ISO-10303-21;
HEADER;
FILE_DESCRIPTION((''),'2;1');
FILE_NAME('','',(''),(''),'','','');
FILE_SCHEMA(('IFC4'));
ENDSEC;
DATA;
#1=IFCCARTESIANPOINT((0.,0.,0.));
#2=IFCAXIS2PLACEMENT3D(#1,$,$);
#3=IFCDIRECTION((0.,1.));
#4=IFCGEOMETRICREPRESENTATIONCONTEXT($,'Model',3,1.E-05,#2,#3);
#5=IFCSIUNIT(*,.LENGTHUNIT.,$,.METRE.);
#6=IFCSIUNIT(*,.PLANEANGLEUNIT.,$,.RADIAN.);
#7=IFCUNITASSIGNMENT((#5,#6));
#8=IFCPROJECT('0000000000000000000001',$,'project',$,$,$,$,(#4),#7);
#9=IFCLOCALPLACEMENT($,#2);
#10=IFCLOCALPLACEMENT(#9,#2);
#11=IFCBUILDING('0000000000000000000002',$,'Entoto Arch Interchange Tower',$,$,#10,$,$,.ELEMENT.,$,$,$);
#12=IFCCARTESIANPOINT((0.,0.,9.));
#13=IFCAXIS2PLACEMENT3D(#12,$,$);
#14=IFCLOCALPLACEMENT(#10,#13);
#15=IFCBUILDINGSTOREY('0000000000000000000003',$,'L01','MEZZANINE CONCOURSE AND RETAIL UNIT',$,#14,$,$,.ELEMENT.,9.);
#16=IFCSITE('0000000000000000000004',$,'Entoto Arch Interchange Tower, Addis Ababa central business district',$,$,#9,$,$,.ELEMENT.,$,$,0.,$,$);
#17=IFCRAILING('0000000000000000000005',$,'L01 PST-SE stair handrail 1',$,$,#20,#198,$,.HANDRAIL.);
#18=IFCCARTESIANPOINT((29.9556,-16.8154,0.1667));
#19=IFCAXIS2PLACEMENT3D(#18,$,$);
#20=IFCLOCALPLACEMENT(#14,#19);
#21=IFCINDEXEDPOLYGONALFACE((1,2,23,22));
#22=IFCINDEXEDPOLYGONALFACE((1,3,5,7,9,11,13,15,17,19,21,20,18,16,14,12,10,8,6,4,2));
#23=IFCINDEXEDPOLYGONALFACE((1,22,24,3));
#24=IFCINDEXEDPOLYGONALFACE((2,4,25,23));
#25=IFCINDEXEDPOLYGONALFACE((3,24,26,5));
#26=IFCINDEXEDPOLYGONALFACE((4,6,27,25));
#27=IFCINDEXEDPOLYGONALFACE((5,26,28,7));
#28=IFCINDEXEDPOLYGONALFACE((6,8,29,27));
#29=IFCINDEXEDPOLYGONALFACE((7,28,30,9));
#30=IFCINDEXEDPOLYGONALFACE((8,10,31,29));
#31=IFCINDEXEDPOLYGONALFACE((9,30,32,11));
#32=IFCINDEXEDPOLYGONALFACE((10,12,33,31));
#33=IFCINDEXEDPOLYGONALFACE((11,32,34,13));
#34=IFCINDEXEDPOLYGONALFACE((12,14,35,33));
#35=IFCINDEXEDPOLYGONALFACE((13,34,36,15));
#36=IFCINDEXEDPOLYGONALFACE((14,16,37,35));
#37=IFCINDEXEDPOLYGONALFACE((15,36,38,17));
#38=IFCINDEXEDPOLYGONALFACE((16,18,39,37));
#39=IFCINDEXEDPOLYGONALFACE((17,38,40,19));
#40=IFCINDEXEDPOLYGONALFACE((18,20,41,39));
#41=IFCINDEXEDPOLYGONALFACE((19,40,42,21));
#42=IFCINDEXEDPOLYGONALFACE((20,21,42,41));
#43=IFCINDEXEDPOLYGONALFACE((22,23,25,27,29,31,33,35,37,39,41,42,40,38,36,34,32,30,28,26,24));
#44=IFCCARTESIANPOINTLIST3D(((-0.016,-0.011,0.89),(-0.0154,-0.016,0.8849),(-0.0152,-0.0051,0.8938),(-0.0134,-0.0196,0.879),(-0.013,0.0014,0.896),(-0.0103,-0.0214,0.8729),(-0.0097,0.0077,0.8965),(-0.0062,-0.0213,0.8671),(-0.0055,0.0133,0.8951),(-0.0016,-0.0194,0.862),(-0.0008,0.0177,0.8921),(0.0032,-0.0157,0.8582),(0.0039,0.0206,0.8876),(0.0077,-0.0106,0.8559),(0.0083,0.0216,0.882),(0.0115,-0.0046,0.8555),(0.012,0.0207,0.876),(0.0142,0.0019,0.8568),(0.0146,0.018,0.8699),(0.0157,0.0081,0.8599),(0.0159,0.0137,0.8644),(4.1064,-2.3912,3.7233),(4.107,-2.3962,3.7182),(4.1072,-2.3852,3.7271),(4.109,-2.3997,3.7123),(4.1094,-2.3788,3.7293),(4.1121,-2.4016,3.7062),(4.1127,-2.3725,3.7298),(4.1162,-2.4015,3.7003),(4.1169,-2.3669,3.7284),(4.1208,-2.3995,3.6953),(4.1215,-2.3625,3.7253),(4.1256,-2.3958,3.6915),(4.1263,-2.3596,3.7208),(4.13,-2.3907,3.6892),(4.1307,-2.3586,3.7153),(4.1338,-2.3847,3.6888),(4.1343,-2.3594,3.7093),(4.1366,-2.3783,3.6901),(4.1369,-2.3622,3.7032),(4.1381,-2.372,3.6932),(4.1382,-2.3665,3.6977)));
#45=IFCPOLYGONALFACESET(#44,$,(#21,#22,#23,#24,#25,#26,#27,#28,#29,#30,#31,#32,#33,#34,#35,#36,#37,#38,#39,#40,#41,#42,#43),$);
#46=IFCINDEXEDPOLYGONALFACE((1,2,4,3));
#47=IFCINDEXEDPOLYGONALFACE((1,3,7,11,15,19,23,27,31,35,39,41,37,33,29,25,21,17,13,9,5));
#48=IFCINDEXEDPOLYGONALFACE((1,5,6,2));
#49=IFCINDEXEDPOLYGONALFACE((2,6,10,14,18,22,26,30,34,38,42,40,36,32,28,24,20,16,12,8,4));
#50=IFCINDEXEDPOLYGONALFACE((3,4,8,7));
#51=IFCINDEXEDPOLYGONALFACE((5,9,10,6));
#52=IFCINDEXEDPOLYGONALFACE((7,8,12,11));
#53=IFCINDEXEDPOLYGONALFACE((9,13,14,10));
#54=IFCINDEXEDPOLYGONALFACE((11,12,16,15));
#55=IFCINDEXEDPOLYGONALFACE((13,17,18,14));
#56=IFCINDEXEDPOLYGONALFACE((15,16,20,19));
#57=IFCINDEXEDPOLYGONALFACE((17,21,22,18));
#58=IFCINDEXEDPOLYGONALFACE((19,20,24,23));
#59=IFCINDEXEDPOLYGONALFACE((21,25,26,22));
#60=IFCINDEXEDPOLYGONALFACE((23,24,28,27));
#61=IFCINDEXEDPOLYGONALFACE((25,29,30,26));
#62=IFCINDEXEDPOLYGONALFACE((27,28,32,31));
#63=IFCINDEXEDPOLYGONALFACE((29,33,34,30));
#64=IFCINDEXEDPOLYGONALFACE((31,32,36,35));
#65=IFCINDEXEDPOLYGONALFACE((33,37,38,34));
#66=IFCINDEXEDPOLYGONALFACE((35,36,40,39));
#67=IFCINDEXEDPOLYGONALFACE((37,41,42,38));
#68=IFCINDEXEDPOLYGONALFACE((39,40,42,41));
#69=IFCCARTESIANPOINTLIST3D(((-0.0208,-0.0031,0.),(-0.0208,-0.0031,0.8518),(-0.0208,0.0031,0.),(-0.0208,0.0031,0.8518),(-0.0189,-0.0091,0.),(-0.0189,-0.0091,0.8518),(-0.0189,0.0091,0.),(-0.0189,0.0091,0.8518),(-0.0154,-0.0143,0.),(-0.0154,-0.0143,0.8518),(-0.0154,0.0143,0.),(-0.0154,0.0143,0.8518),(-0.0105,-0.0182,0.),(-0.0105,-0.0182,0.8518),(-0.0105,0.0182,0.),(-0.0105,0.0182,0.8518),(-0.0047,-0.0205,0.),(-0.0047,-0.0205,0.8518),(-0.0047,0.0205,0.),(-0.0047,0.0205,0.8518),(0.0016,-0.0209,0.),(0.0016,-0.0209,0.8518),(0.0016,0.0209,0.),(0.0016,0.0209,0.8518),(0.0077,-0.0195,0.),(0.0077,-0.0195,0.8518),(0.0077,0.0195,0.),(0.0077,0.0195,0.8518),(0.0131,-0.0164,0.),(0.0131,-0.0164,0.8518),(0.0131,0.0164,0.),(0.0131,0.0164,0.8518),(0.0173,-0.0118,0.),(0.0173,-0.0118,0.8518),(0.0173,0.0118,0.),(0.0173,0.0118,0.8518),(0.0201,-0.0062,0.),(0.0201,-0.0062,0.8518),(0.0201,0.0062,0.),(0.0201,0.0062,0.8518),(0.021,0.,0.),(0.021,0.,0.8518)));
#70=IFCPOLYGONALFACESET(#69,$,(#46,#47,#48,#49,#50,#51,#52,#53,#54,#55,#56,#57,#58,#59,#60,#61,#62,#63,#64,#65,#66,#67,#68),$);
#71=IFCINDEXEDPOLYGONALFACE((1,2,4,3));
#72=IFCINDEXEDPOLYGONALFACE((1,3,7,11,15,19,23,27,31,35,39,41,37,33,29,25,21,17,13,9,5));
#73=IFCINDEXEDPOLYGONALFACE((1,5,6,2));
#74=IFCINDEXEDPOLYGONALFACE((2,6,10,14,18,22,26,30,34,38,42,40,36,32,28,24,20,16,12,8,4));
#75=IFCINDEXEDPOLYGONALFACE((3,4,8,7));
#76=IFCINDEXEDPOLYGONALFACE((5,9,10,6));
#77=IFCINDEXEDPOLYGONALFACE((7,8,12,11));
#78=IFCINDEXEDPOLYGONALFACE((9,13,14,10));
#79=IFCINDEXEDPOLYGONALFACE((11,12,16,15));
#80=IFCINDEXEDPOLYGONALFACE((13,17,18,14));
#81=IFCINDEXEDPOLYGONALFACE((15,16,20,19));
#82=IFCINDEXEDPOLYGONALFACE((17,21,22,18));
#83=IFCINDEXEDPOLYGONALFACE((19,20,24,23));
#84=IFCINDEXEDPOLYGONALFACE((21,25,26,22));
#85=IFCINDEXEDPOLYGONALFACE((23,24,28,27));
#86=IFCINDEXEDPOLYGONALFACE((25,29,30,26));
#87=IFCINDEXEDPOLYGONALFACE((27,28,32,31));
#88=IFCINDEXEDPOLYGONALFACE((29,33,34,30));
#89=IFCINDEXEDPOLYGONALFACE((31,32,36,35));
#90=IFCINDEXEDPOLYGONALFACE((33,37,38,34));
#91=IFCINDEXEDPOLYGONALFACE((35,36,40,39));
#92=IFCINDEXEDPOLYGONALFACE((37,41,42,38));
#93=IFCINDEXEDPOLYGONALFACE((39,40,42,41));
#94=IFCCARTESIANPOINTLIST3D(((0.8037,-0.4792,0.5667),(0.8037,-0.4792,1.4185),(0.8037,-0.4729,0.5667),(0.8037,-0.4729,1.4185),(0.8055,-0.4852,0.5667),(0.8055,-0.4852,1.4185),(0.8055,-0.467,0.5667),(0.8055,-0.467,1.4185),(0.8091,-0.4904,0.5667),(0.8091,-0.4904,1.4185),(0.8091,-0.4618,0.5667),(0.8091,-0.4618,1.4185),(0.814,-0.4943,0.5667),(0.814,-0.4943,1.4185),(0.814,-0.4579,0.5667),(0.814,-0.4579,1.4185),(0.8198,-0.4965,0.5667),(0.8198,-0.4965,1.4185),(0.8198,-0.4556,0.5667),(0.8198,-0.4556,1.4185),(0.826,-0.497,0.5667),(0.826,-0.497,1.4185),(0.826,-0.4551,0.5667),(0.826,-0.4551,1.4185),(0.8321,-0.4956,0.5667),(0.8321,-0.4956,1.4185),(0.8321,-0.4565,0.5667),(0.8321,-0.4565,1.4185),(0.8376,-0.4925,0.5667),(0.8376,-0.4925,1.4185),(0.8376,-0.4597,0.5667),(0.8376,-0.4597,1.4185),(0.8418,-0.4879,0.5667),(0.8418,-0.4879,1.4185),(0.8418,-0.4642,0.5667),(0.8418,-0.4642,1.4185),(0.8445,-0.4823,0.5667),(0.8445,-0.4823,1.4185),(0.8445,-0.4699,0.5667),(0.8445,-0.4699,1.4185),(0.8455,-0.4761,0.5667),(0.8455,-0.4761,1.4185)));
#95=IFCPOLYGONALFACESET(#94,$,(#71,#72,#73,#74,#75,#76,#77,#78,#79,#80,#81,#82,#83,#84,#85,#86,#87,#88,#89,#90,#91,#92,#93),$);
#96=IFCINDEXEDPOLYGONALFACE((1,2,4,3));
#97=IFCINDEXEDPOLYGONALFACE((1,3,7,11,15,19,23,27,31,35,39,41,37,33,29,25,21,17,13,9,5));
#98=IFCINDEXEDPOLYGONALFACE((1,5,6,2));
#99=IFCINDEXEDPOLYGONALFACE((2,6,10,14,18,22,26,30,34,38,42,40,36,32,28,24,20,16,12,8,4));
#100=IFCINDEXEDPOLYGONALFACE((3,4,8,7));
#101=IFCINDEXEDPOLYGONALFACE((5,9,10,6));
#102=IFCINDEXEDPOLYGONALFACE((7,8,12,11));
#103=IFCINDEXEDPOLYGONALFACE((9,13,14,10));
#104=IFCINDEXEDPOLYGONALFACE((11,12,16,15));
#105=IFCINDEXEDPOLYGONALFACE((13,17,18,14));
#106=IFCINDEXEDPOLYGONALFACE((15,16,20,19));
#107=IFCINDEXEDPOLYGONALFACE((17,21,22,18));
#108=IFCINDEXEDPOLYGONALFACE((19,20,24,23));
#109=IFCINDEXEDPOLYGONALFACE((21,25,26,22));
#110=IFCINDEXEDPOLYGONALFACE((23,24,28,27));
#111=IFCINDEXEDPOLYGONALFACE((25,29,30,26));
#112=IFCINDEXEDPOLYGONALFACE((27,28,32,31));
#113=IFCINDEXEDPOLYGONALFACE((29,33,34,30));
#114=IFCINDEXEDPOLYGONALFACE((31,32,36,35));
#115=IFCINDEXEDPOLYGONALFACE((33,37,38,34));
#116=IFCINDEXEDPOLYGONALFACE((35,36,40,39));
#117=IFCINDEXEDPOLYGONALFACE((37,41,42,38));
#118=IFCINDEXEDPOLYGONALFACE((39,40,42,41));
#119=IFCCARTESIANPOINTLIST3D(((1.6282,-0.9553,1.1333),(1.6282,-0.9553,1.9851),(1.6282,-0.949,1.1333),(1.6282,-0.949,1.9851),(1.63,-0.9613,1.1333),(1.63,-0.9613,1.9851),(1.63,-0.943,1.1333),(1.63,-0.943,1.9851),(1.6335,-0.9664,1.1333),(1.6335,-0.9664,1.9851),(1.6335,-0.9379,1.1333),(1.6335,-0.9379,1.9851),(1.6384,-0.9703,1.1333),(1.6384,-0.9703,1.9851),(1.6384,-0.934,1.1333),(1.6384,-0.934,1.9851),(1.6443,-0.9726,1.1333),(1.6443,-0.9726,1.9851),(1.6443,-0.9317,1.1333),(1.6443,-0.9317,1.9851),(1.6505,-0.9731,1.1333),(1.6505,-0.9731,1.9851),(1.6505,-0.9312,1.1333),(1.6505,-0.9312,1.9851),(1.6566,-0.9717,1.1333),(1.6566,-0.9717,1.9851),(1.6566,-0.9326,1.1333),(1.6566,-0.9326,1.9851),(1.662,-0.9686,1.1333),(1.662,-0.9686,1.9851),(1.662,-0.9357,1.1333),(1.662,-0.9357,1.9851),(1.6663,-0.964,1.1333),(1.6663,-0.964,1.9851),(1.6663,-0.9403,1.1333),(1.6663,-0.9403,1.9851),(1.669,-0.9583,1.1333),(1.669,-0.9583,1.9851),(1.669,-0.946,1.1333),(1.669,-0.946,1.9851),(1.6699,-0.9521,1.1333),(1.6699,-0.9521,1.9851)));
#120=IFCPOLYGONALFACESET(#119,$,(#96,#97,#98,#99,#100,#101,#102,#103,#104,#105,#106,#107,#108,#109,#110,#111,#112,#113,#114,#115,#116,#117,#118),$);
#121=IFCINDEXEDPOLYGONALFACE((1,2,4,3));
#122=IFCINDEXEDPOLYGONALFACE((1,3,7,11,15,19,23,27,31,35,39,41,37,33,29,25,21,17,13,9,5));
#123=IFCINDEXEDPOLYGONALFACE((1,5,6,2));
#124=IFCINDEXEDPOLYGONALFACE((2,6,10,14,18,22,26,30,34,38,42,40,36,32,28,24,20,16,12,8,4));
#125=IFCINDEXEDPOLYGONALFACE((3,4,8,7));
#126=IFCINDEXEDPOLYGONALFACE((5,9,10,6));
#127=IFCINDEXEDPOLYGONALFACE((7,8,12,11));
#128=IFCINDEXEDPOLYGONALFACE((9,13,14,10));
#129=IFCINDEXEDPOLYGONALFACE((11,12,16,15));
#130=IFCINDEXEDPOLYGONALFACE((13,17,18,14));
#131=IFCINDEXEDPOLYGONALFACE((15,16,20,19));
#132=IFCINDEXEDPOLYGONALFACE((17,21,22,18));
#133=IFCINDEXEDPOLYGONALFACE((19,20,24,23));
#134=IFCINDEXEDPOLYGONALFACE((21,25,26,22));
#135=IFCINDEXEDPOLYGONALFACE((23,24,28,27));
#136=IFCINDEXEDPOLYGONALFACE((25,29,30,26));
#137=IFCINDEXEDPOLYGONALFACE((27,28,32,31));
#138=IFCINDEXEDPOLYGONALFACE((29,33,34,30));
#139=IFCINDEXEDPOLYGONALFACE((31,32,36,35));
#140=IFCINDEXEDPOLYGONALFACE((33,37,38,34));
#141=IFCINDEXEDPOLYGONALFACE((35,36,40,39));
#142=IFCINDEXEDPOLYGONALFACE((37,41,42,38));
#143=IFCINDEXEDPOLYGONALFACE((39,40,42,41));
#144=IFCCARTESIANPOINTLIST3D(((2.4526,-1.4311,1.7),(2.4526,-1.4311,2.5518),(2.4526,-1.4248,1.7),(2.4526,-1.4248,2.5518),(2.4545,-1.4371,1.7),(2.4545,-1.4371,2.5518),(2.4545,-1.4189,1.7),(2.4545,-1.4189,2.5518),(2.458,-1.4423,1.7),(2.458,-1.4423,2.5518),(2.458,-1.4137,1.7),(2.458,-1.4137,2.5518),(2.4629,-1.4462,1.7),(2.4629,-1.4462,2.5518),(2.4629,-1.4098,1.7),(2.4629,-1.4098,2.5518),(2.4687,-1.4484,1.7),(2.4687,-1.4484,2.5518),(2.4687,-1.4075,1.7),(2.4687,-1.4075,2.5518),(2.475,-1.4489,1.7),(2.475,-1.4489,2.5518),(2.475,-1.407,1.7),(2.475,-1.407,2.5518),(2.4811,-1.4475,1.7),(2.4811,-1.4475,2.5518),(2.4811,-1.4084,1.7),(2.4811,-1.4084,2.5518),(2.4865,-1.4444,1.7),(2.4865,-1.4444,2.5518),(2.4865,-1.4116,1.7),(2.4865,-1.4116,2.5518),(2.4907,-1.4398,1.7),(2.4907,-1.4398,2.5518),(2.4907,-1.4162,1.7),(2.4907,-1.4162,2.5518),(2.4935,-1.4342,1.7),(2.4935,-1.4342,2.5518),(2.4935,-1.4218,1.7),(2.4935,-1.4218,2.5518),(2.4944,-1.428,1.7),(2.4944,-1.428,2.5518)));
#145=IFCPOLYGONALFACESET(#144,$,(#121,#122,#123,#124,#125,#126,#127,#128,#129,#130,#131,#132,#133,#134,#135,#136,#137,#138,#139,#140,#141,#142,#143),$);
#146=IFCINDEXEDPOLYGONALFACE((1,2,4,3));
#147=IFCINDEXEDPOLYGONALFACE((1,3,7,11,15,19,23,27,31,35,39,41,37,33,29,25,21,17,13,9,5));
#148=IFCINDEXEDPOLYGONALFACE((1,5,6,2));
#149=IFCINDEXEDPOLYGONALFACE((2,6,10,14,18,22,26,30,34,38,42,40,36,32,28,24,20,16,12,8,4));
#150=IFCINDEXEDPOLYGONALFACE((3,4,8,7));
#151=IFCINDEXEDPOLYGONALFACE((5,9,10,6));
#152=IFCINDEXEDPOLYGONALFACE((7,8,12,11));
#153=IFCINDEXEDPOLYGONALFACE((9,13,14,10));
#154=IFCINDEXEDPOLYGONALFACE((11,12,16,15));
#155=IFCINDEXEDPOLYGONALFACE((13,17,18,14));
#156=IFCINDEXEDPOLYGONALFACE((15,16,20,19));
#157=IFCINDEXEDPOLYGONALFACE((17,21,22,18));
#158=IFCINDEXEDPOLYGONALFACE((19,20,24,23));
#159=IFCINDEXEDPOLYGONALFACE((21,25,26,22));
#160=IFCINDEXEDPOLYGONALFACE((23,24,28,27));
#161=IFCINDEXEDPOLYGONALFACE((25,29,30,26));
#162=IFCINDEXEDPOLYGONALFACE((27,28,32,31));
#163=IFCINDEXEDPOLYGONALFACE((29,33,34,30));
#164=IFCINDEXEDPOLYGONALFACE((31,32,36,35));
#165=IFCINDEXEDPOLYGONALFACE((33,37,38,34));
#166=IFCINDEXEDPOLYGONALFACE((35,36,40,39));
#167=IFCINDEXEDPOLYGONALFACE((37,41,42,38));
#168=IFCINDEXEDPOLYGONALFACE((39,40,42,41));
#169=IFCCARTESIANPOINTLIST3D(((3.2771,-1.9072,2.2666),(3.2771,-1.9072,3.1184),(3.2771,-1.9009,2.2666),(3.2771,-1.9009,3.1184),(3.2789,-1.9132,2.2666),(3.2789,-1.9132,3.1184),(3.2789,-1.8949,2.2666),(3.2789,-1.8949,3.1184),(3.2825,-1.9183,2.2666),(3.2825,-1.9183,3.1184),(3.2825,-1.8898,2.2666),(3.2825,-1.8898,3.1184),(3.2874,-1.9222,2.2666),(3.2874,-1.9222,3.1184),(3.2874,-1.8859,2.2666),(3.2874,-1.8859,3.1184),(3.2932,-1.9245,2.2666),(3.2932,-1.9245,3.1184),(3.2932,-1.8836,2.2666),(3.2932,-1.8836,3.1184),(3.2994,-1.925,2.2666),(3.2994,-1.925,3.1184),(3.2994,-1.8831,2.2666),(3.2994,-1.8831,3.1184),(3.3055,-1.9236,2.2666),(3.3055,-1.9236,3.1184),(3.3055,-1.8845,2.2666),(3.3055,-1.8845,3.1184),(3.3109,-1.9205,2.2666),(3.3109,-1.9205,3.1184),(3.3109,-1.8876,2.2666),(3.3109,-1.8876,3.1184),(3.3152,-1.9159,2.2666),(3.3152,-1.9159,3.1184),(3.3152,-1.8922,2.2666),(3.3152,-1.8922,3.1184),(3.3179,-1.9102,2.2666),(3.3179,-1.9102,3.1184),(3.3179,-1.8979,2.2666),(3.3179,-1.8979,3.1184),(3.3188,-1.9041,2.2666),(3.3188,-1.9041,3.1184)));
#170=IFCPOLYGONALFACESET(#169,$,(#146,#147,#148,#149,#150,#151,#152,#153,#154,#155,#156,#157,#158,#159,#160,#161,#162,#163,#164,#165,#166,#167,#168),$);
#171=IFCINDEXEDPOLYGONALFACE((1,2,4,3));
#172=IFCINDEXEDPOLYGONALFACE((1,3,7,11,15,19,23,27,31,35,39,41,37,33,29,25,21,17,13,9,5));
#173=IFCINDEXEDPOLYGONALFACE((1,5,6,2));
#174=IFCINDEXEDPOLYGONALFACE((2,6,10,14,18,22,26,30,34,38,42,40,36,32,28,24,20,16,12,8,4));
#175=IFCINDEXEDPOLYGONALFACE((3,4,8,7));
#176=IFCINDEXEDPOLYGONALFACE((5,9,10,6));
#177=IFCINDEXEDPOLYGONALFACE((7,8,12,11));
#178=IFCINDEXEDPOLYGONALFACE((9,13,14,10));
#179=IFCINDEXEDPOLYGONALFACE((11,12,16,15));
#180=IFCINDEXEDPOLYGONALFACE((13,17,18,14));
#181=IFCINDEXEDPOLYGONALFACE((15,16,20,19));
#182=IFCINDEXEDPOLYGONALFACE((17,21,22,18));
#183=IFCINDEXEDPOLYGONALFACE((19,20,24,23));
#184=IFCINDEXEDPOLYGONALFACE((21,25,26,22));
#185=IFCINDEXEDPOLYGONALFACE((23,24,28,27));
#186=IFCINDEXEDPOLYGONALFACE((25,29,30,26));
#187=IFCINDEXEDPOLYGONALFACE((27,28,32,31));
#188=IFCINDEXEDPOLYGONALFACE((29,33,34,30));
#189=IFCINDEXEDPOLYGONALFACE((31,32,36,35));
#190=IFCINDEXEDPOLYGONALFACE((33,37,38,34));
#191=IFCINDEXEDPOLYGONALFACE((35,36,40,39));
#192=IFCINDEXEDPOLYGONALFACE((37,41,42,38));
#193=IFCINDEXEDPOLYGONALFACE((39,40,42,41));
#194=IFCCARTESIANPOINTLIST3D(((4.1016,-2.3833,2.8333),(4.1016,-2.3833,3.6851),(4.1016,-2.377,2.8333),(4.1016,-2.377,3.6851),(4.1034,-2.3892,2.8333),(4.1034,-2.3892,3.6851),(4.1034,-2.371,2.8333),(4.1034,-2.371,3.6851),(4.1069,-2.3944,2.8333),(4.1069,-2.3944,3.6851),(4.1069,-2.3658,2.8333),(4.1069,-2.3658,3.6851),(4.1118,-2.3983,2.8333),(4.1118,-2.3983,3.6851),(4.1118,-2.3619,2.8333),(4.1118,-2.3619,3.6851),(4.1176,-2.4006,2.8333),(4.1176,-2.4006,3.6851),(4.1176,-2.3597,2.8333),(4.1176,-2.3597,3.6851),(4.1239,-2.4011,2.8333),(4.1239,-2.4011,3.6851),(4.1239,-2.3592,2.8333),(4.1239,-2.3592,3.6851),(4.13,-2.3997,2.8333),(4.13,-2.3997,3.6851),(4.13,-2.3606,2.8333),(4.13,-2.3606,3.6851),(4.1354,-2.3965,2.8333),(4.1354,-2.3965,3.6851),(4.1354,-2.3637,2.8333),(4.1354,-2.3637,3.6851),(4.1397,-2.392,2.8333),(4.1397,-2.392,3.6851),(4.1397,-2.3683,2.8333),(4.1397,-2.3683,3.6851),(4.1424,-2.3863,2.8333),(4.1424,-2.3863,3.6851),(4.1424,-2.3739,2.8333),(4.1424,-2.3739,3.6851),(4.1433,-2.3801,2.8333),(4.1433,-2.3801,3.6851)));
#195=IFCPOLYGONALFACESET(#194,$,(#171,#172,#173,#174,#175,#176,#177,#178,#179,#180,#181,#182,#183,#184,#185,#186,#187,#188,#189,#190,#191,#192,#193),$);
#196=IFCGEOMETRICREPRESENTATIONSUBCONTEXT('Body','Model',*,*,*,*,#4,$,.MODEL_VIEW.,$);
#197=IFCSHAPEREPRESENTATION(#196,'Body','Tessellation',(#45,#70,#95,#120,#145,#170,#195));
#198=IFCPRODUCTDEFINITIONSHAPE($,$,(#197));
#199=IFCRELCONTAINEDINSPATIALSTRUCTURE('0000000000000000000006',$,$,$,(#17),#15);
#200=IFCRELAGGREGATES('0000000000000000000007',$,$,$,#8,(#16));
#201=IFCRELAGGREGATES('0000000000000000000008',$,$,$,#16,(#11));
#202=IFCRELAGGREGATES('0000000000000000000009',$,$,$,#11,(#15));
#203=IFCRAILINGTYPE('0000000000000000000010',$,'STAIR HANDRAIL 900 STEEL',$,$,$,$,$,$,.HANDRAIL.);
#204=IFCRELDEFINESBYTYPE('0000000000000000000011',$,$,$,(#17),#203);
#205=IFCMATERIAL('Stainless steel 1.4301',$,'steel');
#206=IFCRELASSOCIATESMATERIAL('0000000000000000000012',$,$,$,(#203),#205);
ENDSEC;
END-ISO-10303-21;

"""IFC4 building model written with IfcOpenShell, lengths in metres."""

from ifc_helpers import new_model, si_unit, direction, frame, origin, origin_2d, place, context, subcontext, project, spatial, circle, extrude, material, type_object, element, save


model = new_model("IFC4")

# Units and contexts
model_context = context("Model", 3, precision=1e-05, world=origin(), true_north=direction((0.0, 1.0)))
body_context = subcontext(model_context, "Body", "Model", "MODEL_VIEW")
ifc_project = project(units=[si_unit("LENGTHUNIT", "METRE"), si_unit("PLANEANGLEUNIT", "RADIAN")], contexts=[model_context])

# Site, building, storey
site_placement = place(None, origin())
site = spatial("IfcSite", under=ifc_project, at=site_placement, Name="Entoto Arch Interchange Tower, Addis Ababa central business district", CompositionType="ELEMENT", RefElevation=0.0)
building_placement = place(site_placement, origin())
building = spatial("IfcBuilding", under=site, at=building_placement, Name="Entoto Arch Interchange Tower", CompositionType="ELEMENT")
storey_placement = place(building_placement, frame((0.0, 0.0, 9.0)))
storey = spatial("IfcBuildingStorey", under=building, at=storey_placement, Name="L01", Description="MEZZANINE CONCOURSE AND RETAIL UNIT", CompositionType="ELEMENT", Elevation=9.0)

# Railing
ifc_material_1 = material(Name="Stainless steel 1.4301", Category="steel")
railing_type_1 = type_object("IfcRailingType", Name="STAIR HANDRAIL 900 STEEL", PredefinedType="HANDRAIL", material=ifc_material_1)
railing_1_placement = place(storey_placement, frame((29.9556, -16.8154, 0.1667)))
element("IfcRailing", 1, at=railing_1_placement, inside=storey, type_object=railing_type_1, Name="L01 PST-SE stair handrail 1", PredefinedType="HANDRAIL", context=body_context, shape_type="SweptSolid", body=[
    extrude(circle(Radius=0.0239, at=origin_2d()), frame((0.0, 0.0, 0.876), z_axis=(0.74417, -0.429666, 0.511466), x_axis=(0.500017, 0.866016, 0.0)), (0.0, 0.0, 1.0), 5.5396),
    extrude(circle(Radius=0.021, at=origin_2d()), origin(), (0.0, 0.0, 1.0), 0.8518),
    extrude(circle(Radius=0.021, at=origin_2d()), frame((0.8245, -0.4761, 0.5667)), (0.0, 0.0, 1.0), 0.8518),
    extrude(circle(Radius=0.021, at=origin_2d()), frame((1.6489, -0.9521, 1.1333)), (0.0, 0.0, 1.0), 0.8518),
    extrude(circle(Radius=0.021, at=origin_2d()), frame((2.4734, -1.428, 1.7)), (0.0, 0.0, 1.0), 0.8518),
    extrude(circle(Radius=0.021, at=origin_2d()), frame((3.2979, -1.9041, 2.2666)), (0.0, 0.0, 1.0), 0.8518),
    extrude(circle(Radius=0.021, at=origin_2d()), frame((4.1223, -2.3801, 2.8333)), (0.0, 0.0, 1.0), 0.8518),
])

save(model, "model.ifc")
